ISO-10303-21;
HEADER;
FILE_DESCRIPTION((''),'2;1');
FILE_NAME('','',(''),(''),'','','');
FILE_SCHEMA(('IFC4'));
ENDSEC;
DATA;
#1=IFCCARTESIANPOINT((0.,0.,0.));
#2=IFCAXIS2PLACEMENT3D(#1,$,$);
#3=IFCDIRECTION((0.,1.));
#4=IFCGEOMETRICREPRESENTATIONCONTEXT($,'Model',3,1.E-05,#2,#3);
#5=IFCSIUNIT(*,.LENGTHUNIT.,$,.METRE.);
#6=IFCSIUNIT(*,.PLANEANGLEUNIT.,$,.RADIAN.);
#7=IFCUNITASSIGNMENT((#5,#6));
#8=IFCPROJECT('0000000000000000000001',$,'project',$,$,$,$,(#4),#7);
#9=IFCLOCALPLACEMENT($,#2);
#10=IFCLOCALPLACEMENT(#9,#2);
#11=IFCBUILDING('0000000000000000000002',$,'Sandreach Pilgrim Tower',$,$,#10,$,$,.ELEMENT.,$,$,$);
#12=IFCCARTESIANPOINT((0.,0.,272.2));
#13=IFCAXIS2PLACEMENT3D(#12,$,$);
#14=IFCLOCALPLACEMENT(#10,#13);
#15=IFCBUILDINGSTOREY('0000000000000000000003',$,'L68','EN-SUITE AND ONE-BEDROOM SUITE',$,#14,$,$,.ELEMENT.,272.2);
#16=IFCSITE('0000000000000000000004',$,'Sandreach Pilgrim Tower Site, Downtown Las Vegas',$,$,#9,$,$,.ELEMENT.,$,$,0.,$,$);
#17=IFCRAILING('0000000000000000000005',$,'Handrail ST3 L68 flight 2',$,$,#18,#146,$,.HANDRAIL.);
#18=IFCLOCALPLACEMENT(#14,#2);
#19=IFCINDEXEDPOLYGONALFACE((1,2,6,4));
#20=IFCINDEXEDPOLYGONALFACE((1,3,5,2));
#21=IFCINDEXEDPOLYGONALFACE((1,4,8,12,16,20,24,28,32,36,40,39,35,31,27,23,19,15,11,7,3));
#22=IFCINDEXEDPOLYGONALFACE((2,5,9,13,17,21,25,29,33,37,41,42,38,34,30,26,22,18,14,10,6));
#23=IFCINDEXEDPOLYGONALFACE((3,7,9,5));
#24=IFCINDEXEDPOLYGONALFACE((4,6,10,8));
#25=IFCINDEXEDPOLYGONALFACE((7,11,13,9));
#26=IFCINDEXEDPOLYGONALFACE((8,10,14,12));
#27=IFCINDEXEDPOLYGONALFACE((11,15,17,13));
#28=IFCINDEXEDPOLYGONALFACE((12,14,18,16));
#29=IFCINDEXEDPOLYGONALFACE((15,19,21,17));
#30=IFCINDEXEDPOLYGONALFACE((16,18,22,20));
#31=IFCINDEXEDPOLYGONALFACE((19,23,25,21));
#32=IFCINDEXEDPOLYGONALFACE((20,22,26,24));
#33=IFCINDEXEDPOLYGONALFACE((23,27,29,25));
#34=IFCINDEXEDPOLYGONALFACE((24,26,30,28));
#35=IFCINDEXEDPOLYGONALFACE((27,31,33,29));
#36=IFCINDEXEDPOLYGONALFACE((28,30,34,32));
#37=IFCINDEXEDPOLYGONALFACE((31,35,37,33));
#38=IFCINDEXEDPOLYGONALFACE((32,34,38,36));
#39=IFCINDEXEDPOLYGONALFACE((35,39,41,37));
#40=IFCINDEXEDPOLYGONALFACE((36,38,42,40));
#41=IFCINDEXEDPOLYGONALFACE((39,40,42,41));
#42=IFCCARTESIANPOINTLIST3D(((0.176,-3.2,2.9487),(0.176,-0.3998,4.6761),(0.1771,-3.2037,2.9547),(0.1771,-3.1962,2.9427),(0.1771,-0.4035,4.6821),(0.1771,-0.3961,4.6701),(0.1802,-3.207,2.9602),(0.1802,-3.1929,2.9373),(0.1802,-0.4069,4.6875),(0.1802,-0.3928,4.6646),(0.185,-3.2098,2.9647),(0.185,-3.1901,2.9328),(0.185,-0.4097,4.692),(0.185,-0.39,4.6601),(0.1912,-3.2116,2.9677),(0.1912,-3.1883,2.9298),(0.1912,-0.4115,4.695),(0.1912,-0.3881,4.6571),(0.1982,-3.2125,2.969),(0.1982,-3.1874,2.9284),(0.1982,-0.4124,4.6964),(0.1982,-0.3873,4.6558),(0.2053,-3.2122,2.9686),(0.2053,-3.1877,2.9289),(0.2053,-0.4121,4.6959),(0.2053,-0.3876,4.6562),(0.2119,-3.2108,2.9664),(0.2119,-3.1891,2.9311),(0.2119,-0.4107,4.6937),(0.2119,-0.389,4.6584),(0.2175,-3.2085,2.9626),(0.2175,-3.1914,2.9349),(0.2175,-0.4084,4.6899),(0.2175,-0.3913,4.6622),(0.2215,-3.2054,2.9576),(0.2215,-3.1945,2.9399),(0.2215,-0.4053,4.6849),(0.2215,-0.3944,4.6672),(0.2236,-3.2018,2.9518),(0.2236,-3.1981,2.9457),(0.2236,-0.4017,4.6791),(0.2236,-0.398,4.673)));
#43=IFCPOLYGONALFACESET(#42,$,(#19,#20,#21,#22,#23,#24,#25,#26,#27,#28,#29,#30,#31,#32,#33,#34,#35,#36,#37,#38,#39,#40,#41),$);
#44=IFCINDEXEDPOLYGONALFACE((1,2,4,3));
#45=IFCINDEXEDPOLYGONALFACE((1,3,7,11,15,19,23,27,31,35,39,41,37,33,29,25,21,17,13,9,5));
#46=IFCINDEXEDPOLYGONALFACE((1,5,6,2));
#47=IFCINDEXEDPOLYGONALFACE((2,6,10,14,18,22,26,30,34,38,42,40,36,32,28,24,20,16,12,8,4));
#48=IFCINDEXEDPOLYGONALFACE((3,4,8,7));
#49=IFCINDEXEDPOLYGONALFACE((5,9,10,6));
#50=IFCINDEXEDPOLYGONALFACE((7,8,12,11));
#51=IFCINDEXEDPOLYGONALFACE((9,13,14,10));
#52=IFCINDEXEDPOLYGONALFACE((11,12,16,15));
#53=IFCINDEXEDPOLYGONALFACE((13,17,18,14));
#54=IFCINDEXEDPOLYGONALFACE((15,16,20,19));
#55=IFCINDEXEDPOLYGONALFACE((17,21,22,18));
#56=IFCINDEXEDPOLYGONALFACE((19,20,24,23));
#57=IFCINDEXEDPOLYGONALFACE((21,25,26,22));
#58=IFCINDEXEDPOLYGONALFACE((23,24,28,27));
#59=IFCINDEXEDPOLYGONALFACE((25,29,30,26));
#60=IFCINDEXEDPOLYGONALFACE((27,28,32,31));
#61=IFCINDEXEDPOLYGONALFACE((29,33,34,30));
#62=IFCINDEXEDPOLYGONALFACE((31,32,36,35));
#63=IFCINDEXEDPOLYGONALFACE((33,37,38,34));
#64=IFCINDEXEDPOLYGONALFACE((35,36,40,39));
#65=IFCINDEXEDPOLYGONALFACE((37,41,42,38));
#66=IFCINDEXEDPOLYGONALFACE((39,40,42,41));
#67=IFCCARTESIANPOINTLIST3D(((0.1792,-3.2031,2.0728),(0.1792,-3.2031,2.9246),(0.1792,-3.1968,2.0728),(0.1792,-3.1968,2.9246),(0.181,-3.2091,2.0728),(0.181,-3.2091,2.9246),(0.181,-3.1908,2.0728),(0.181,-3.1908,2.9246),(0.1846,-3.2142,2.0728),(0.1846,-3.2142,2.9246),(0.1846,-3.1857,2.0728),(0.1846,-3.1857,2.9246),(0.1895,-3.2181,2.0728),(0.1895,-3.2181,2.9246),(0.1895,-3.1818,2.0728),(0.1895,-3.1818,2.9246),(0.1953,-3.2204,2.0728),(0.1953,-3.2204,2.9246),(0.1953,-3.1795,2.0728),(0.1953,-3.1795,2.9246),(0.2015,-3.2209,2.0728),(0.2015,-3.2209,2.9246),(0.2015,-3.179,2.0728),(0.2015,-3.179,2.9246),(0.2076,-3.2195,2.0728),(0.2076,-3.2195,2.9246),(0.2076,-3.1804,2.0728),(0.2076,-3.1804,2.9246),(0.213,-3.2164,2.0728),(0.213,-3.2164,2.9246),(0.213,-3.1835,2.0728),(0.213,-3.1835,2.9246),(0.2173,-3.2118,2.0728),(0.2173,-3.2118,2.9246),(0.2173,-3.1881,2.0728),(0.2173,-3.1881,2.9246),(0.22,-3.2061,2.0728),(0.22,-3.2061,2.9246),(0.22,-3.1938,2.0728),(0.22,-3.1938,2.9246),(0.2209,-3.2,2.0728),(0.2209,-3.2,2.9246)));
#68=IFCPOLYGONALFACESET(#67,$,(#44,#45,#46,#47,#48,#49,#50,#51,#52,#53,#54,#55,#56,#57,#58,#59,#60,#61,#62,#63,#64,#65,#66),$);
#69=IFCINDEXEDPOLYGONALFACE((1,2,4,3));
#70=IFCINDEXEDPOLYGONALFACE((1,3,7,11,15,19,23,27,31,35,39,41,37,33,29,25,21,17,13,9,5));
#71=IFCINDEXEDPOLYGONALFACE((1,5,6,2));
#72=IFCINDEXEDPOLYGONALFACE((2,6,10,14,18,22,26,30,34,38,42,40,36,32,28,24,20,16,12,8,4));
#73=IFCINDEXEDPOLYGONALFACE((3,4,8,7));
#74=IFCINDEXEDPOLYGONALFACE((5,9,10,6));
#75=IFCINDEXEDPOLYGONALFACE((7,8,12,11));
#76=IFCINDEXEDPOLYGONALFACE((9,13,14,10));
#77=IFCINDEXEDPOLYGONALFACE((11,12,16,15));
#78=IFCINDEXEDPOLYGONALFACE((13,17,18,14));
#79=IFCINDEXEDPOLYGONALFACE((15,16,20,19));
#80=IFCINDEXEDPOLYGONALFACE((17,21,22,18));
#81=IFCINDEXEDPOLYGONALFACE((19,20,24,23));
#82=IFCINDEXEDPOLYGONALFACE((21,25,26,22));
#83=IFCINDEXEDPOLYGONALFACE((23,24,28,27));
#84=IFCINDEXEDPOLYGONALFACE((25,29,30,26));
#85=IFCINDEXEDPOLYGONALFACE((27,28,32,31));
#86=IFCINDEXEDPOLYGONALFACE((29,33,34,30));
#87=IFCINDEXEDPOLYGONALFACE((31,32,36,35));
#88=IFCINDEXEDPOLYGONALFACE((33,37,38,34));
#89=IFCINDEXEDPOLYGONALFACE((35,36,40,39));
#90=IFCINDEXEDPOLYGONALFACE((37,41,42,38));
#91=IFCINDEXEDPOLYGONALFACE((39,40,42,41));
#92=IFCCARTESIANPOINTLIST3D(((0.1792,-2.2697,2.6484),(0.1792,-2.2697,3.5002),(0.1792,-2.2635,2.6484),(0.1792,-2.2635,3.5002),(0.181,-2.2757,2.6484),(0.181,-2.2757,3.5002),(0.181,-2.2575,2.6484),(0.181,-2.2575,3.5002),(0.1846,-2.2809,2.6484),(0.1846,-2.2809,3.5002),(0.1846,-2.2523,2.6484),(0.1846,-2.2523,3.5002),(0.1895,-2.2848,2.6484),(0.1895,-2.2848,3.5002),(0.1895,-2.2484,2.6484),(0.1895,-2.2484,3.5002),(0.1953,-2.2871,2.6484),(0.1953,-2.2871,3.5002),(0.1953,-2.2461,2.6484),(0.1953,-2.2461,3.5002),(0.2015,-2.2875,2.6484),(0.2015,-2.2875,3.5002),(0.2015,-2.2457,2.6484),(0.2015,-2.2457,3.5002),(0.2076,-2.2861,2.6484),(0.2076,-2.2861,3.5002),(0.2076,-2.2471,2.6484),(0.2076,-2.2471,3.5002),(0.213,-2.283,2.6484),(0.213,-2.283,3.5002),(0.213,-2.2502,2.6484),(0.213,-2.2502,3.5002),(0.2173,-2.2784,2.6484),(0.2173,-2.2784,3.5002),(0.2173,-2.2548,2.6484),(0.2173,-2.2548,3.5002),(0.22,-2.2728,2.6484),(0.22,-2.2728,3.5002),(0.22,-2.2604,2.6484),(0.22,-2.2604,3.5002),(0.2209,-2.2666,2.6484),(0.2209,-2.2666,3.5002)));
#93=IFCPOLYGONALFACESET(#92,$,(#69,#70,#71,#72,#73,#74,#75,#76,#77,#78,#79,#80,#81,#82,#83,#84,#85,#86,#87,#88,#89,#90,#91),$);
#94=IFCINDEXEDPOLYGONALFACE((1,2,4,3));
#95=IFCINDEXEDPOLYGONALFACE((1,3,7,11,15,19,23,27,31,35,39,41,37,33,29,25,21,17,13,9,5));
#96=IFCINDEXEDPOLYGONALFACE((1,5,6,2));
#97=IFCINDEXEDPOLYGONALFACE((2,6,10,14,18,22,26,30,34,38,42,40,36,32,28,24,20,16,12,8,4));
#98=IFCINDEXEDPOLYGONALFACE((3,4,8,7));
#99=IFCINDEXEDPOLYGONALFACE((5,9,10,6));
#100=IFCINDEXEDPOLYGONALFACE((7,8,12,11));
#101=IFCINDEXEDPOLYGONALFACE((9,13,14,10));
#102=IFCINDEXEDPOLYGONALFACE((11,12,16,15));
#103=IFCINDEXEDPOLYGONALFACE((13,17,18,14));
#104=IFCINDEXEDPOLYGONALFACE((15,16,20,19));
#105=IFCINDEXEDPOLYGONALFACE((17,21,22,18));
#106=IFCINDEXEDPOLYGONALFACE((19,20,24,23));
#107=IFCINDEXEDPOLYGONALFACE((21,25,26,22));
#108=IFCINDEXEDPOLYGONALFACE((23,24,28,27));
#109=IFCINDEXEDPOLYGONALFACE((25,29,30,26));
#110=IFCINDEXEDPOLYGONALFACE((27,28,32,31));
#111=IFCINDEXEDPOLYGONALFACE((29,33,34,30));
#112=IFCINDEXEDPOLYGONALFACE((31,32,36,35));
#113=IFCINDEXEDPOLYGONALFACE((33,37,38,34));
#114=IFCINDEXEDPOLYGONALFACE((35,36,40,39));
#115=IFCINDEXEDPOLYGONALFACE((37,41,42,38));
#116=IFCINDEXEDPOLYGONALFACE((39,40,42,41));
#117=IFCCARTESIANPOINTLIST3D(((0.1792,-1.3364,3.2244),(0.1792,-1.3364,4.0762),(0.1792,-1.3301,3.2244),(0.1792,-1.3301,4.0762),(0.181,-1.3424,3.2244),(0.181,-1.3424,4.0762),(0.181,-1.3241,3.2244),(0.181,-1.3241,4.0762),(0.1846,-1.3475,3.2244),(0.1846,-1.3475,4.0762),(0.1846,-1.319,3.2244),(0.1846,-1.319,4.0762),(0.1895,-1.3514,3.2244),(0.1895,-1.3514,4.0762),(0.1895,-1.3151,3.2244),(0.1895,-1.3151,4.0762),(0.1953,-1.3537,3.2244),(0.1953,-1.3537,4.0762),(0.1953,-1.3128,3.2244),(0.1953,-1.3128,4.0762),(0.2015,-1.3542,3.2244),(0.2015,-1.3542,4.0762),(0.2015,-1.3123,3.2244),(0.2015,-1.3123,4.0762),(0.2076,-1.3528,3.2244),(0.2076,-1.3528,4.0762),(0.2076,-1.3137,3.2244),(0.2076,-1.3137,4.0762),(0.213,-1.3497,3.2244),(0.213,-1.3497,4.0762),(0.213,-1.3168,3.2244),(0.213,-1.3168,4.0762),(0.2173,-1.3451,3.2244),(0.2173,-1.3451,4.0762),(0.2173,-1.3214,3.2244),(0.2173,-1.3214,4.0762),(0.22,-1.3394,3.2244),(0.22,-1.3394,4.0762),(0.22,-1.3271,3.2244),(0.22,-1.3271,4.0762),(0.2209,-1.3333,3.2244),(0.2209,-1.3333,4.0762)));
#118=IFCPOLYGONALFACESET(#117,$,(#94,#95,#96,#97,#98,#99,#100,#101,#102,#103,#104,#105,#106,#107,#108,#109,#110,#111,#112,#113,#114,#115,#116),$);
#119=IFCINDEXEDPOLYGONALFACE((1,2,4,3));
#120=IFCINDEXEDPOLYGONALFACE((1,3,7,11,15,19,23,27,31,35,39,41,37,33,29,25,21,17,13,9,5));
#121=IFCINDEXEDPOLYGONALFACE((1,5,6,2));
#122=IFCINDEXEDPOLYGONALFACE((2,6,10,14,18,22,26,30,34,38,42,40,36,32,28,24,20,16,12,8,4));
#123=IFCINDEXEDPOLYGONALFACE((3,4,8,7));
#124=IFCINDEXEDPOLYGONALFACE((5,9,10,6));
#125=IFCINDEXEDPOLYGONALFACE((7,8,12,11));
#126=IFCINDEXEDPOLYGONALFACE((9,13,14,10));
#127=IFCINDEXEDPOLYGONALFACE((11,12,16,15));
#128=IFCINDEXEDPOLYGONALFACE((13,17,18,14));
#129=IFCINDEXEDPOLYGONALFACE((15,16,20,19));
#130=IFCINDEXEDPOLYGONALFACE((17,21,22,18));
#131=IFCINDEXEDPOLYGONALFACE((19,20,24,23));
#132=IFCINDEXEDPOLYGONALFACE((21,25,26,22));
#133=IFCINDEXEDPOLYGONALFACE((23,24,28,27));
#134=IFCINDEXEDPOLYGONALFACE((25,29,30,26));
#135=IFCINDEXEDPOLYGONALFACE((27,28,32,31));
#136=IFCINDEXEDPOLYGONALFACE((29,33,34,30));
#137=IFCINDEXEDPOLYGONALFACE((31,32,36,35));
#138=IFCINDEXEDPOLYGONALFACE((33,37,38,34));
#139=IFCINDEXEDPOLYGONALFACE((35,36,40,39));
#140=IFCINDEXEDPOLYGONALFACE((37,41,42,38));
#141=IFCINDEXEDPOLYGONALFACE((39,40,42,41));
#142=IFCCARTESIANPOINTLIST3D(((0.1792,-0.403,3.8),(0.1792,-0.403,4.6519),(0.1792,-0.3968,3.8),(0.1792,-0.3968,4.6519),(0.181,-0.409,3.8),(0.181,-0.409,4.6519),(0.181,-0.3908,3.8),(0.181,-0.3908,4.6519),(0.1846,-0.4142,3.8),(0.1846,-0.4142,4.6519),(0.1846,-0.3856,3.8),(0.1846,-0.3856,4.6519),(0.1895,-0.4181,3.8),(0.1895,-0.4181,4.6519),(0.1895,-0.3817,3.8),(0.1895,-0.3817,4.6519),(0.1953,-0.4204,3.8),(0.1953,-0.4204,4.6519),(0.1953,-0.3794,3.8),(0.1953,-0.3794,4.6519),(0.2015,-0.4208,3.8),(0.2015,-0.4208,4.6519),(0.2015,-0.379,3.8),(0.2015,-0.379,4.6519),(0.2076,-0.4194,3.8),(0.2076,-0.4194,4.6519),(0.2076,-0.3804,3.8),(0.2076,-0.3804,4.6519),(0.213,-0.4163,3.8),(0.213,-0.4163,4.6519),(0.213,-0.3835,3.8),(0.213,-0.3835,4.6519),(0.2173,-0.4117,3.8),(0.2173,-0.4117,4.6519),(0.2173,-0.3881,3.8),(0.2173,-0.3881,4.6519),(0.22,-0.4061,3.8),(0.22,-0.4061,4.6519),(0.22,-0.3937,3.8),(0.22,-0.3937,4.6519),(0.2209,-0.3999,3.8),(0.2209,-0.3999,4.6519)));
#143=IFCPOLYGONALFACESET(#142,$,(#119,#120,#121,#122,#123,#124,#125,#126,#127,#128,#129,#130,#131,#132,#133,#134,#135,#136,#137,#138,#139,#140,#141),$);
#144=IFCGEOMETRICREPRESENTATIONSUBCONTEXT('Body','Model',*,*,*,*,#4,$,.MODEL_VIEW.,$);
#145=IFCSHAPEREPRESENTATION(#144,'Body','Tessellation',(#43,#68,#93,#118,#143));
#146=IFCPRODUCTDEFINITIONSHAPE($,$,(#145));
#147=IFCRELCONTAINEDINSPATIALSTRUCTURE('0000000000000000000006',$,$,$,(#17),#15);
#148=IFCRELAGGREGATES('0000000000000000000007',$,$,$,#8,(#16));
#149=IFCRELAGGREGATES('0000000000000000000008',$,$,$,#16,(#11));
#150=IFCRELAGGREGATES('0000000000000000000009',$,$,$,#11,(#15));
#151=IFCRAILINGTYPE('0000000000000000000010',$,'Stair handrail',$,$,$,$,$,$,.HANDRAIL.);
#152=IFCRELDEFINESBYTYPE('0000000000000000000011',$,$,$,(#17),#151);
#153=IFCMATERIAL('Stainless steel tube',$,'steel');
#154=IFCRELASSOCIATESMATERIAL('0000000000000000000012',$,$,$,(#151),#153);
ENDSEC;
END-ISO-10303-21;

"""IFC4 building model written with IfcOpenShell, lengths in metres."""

from ifc_helpers import new_model, si_unit, direction, frame, origin, origin_2d, place, context, subcontext, project, spatial, circle, extrude, material, type_object, element, save


model = new_model("IFC4")

# Units and contexts
model_context = context("Model", 3, precision=1e-05, world=origin(), true_north=direction((0.0, 1.0)))
body_context = subcontext(model_context, "Body", "Model", "MODEL_VIEW")
ifc_project = project(units=[si_unit("LENGTHUNIT", "METRE"), si_unit("PLANEANGLEUNIT", "RADIAN")], contexts=[model_context])

# Site, building, storey
site_placement = place(None, origin())
site = spatial("IfcSite", under=ifc_project, at=site_placement, Name="Sandreach Pilgrim Tower Site, Downtown Las Vegas", CompositionType="ELEMENT", RefElevation=0.0)
building_placement = place(site_placement, origin())
building = spatial("IfcBuilding", under=site, at=building_placement, Name="Sandreach Pilgrim Tower", CompositionType="ELEMENT")
storey_placement = place(building_placement, frame((0.0, 0.0, 272.2)))
storey = spatial("IfcBuildingStorey", under=building, at=storey_placement, Name="L68", Description="EN-SUITE AND ONE-BEDROOM SUITE", CompositionType="ELEMENT", Elevation=272.2)

# Railing
ifc_material_1 = material(Name="Stainless steel tube", Category="steel")
railing_type = type_object("IfcRailingType", Name="Stair handrail", PredefinedType="HANDRAIL", material=ifc_material_1)
for number, where, name in (
    (1, (0.2, -3.2, 2.0728), "Handrail ST3 L68 flight 2"),
):
    element("IfcRailing", number, at=place(storey_placement, frame(where)), inside=storey, type_object=railing_type, Name=name, PredefinedType="HANDRAIL", context=body_context, shape_type="SweptSolid", body=[
        extrude(circle(Radius=0.0239, at=origin_2d()), frame((0.0, 0.0, 0.876), z_axis=(0.0, 0.85109, 0.52502), x_axis=(-1.0, 0.0, 0.0)), (0.0, 0.0, 1.0), 3.29),
        extrude(circle(Radius=0.021, at=origin_2d()), origin(), (0.0, 0.0, 1.0), 0.8518),
        extrude(circle(Radius=0.021, at=origin_2d()), frame((0.0, 0.9333, 0.5757)), (0.0, 0.0, 1.0), 0.8518),
        extrude(circle(Radius=0.021, at=origin_2d()), frame((0.0, 1.8667, 1.1516)), (0.0, 0.0, 1.0), 0.8518),
        extrude(circle(Radius=0.021, at=origin_2d()), frame((0.0, 2.8, 1.7273)), (0.0, 0.0, 1.0), 0.8518),
    ])

save(model, "model.ifc")
